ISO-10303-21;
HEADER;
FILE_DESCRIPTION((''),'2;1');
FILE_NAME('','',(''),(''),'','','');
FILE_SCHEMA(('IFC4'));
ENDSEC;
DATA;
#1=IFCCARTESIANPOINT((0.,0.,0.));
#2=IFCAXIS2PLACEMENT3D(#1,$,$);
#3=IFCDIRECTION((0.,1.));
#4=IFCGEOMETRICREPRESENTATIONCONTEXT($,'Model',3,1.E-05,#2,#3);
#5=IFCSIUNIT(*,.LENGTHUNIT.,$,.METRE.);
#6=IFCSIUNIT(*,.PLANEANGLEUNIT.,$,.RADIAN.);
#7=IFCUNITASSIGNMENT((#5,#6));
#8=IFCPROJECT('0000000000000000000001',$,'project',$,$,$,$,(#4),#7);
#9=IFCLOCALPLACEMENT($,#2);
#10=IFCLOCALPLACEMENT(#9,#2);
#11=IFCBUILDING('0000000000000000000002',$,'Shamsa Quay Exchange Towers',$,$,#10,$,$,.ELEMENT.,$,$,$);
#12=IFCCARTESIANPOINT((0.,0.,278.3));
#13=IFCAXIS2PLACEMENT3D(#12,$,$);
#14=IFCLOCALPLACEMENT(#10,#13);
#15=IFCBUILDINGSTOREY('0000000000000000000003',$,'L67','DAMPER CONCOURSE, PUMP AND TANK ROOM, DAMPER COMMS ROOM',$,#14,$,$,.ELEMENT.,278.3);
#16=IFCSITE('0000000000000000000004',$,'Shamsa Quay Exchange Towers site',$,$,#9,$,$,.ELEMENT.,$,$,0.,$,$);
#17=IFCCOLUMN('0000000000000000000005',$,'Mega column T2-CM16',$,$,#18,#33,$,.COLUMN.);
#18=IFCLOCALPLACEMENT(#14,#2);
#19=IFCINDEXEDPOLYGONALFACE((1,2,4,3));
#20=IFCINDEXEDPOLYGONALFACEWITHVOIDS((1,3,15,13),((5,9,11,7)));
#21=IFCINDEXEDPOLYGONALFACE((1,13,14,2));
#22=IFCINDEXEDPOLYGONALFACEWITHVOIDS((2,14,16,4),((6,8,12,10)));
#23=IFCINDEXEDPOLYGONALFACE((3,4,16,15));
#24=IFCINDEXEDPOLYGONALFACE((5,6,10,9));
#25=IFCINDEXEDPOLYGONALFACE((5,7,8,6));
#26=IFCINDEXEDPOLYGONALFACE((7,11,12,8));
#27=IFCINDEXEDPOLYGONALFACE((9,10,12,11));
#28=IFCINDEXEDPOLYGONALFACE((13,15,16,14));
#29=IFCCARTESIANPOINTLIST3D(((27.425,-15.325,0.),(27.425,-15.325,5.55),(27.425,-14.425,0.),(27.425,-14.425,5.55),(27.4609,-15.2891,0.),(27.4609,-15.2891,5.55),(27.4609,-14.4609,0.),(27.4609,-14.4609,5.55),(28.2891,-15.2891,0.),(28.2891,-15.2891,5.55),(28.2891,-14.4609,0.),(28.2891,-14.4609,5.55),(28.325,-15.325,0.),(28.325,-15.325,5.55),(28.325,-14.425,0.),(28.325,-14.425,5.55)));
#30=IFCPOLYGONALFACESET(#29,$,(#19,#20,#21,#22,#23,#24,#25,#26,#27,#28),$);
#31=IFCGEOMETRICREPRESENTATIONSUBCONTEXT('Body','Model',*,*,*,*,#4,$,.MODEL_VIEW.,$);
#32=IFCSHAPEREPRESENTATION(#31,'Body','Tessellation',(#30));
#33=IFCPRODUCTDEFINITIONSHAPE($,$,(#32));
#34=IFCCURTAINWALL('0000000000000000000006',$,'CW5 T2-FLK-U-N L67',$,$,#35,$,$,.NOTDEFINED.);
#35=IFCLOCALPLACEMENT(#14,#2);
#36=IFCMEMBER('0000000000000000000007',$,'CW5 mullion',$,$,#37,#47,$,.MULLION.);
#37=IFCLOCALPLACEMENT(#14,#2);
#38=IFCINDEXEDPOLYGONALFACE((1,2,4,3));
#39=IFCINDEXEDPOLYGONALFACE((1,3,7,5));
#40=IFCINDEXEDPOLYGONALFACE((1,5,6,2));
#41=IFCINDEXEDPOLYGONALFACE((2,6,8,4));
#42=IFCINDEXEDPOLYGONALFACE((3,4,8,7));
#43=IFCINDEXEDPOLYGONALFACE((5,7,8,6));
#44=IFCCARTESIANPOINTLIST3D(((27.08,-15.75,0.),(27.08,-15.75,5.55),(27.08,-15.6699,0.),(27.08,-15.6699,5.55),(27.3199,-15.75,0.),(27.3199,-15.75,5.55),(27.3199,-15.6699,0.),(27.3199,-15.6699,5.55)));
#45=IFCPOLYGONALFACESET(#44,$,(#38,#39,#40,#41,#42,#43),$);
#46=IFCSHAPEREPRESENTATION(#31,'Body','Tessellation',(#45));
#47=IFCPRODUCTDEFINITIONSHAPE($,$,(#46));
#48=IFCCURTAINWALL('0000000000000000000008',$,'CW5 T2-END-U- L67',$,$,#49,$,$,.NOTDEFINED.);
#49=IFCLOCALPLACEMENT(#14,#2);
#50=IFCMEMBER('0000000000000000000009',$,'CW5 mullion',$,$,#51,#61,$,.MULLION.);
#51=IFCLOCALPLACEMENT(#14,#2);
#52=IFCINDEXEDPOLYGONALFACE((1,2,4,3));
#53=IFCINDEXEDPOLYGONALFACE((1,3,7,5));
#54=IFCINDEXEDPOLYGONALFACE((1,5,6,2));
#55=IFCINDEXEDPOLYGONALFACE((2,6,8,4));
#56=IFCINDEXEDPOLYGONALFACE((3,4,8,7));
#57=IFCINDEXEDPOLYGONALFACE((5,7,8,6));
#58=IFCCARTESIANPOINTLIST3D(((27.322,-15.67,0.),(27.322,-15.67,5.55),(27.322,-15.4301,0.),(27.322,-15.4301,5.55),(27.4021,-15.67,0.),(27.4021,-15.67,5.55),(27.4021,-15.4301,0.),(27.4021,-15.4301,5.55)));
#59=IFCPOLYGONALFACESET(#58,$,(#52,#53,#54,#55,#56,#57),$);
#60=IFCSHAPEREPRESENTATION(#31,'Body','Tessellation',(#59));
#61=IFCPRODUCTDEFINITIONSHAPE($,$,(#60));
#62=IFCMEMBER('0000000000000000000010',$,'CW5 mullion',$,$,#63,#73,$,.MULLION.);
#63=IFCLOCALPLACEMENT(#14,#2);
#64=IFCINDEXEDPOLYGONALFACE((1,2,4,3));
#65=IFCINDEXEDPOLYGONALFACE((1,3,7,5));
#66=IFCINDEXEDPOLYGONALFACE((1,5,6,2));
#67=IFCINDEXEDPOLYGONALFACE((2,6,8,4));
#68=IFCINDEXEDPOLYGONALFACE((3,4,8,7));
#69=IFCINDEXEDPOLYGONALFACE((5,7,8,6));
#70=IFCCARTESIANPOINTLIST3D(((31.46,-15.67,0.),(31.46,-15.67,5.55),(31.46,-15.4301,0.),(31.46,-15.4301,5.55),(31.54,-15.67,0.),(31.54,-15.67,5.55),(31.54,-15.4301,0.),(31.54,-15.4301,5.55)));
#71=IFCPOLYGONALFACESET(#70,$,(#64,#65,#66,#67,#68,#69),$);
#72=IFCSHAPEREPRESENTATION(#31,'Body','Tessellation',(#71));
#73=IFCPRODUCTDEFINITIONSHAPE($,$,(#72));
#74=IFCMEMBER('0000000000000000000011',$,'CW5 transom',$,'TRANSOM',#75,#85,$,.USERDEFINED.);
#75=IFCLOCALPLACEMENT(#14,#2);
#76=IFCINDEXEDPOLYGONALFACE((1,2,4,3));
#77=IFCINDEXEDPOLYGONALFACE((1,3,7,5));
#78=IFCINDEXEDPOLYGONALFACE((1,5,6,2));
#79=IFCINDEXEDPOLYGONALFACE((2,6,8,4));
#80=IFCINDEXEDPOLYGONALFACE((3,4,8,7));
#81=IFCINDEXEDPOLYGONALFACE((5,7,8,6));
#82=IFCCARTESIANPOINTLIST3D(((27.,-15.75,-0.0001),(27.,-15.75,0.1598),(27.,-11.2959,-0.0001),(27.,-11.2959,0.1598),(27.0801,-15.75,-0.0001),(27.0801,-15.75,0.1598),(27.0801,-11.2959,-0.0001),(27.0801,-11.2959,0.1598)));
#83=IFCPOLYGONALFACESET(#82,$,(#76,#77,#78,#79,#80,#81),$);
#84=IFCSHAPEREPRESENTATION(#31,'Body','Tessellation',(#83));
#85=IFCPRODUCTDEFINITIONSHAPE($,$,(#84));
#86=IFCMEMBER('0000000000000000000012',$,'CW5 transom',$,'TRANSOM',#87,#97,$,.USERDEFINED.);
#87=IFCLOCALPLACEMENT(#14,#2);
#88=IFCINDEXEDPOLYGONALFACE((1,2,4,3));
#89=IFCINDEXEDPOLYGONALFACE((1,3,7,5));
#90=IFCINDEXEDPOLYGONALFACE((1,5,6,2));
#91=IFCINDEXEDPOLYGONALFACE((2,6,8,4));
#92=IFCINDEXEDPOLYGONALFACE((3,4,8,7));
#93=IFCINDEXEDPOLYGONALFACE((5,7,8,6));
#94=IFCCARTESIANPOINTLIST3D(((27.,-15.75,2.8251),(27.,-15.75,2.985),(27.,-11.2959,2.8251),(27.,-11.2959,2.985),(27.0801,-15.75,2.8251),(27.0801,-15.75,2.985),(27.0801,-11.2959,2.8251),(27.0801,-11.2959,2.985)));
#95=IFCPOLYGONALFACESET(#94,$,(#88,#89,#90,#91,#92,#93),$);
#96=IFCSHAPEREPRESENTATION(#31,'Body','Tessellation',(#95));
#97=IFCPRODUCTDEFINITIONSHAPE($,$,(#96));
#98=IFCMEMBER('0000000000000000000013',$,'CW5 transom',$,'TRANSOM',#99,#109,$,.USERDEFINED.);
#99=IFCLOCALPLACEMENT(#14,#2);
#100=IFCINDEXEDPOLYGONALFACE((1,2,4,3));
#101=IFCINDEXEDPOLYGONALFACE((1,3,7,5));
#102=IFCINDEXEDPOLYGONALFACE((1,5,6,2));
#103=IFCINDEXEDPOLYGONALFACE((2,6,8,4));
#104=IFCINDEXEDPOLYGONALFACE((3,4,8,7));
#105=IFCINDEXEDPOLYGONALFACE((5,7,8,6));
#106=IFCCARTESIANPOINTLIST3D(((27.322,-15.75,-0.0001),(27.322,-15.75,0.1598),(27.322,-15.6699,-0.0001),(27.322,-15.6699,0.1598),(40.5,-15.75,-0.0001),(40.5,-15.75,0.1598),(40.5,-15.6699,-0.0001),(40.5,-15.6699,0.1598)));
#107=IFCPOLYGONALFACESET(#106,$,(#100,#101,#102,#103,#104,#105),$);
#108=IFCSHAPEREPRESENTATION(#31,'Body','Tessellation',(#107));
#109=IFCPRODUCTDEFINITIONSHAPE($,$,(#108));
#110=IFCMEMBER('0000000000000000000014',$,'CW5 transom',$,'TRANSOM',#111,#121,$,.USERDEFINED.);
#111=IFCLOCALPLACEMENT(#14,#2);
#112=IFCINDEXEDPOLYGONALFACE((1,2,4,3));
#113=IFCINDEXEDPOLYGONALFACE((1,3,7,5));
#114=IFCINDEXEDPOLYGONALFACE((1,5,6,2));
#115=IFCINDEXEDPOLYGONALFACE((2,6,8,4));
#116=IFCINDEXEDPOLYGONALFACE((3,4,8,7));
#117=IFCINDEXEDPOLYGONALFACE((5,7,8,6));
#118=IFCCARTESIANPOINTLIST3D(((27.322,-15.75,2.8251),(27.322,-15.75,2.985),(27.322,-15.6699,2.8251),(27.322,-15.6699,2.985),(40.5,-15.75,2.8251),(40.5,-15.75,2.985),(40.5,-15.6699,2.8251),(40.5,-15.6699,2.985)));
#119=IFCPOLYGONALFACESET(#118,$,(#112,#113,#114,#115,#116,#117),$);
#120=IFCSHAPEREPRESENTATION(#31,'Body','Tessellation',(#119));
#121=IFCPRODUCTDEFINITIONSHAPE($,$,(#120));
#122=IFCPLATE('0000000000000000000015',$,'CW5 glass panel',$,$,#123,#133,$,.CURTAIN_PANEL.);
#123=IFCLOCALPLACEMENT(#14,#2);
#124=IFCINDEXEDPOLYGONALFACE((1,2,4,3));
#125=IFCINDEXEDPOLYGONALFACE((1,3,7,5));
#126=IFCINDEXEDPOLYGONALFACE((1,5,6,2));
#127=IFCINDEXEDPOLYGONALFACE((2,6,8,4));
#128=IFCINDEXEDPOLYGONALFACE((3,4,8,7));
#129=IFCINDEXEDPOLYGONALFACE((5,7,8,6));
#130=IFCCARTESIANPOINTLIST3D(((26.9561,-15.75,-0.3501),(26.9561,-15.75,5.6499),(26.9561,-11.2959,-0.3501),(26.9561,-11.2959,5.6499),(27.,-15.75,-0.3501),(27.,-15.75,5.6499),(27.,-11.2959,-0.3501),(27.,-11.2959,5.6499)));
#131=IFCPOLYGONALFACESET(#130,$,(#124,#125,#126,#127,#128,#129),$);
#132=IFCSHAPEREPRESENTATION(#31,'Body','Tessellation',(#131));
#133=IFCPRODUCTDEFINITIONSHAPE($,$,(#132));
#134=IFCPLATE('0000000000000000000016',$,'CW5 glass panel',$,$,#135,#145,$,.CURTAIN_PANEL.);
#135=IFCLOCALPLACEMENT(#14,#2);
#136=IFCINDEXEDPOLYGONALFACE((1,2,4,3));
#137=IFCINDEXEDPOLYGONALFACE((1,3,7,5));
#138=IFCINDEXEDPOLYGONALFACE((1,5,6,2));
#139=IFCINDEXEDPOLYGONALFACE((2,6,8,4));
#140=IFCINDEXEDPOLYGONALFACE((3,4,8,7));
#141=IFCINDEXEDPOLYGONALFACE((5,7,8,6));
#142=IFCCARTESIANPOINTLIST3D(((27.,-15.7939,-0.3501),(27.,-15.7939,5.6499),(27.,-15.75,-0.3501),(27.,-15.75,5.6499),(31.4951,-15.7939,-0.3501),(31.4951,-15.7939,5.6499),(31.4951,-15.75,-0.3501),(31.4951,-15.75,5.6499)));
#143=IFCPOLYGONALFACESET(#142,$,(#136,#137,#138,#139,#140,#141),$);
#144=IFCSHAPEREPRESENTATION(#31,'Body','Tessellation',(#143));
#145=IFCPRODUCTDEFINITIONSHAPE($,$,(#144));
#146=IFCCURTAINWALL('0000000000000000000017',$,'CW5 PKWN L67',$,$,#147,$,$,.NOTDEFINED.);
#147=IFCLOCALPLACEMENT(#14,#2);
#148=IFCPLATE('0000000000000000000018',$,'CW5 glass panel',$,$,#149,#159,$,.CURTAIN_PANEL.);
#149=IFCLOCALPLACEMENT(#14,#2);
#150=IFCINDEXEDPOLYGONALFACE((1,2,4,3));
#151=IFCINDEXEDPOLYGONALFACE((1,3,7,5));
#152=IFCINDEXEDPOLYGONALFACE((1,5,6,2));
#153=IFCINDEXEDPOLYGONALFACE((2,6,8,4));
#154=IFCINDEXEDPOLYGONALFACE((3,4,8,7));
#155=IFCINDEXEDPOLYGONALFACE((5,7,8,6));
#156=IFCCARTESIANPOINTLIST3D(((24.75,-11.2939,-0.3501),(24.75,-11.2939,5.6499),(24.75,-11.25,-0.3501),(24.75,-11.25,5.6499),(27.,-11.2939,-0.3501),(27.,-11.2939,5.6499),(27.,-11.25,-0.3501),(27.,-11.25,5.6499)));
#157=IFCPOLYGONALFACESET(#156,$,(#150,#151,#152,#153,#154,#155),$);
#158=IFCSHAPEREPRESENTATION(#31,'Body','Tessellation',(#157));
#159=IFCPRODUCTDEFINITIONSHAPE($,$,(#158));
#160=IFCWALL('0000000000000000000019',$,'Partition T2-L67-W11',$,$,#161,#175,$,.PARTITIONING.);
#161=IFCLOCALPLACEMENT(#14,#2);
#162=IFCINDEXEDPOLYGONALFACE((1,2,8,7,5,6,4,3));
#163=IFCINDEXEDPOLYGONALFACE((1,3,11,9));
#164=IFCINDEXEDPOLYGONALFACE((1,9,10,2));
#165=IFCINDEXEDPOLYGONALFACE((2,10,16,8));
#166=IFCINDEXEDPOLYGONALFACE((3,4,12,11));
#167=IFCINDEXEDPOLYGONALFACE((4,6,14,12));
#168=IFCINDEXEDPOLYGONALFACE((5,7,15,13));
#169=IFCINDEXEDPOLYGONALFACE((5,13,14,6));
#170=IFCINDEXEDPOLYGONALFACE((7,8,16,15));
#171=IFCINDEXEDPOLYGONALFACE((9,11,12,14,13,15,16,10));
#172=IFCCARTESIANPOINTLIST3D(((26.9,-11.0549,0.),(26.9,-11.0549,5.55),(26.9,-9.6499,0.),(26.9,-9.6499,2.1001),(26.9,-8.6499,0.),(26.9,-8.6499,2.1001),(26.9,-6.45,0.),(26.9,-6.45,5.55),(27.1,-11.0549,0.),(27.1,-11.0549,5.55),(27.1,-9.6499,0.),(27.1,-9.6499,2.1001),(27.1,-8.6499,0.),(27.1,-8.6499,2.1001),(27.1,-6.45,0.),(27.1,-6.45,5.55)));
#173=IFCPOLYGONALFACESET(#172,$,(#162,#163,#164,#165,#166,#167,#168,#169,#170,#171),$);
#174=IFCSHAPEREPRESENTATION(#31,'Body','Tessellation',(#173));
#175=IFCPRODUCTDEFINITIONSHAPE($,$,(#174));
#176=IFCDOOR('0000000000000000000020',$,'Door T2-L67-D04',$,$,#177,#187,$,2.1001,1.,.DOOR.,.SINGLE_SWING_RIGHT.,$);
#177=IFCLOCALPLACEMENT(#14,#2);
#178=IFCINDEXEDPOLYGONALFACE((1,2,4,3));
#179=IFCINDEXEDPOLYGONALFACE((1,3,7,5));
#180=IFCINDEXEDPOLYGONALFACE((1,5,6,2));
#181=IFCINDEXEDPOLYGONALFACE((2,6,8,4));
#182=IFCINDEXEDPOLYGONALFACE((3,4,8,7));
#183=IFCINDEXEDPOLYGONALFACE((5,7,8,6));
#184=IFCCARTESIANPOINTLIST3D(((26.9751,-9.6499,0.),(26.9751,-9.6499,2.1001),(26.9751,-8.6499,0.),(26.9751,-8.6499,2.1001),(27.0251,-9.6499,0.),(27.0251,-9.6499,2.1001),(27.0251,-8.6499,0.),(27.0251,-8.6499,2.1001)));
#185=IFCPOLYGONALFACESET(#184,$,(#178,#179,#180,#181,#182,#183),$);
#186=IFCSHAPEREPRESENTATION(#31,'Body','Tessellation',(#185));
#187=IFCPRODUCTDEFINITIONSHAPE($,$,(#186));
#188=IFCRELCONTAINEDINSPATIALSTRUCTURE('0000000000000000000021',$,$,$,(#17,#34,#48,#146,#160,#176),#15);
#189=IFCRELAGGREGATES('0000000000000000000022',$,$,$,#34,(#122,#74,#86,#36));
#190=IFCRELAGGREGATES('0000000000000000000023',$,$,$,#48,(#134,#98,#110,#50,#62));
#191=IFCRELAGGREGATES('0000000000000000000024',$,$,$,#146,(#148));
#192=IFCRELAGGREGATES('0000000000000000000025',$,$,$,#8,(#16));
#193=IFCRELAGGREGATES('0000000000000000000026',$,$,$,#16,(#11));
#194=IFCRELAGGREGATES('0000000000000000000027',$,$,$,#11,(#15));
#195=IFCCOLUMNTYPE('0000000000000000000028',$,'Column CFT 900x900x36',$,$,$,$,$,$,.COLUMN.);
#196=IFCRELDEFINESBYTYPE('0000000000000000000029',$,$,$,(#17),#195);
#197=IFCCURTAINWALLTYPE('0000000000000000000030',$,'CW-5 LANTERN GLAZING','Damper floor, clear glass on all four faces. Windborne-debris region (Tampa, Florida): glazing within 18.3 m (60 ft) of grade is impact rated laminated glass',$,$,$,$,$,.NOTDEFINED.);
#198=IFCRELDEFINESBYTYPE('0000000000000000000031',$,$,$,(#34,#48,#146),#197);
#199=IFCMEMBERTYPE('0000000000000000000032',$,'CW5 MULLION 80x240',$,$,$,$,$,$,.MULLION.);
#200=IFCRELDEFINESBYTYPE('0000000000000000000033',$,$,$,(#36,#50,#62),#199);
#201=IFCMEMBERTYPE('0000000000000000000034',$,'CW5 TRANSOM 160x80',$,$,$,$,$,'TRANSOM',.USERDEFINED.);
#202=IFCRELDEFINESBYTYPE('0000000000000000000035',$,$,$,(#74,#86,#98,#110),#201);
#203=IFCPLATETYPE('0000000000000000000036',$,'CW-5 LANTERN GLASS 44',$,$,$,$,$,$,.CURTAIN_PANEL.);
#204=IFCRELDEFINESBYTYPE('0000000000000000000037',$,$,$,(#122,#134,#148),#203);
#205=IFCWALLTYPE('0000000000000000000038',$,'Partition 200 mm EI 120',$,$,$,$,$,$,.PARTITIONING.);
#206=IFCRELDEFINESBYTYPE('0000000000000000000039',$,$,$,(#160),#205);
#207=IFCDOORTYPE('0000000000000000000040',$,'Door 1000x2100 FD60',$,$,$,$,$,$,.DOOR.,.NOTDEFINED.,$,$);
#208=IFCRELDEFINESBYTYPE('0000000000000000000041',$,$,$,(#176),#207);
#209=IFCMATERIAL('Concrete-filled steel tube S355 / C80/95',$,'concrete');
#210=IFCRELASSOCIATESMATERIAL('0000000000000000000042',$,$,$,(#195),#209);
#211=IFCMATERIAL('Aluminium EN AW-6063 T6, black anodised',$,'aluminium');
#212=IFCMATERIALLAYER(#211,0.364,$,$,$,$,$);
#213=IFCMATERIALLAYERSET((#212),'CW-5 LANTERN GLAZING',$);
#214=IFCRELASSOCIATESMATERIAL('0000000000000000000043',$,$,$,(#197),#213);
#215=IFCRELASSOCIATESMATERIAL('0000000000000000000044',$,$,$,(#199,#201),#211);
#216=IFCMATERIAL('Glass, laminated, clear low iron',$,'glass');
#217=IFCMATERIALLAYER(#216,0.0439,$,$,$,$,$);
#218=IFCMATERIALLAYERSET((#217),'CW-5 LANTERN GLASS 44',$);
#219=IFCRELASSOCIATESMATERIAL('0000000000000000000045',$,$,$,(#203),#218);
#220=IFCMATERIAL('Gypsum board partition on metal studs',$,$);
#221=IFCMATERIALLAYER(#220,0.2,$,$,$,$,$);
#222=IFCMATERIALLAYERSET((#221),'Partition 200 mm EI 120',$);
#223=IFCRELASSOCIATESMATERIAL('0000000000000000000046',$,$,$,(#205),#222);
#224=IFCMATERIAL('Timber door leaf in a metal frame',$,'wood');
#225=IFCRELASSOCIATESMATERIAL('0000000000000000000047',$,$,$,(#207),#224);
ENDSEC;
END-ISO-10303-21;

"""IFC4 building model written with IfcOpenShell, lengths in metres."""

from ifc_helpers import new_model, si_unit, direction, frame, frame_2d, origin, origin_2d, place, context, subcontext, project, spatial, rectangle, hollow_rectangle, extrude, material, layer, layer_set, material_profile, profile_set, type_object, element, fill, aggregate, save


model = new_model("IFC4")

# Units and contexts
model_context = context("Model", 3, precision=1e-05, world=origin(), true_north=direction((0.0, 1.0)))
body_context = subcontext(model_context, "Body", "Model", "MODEL_VIEW")
ifc_project = project(units=[si_unit("LENGTHUNIT", "METRE"), si_unit("PLANEANGLEUNIT", "RADIAN")], contexts=[model_context])

# Site, building, storey
site_placement = place(None, origin())
site = spatial("IfcSite", under=ifc_project, at=site_placement, Name="Shamsa Quay Exchange Towers site", CompositionType="ELEMENT", RefElevation=0.0)
building_placement = place(site_placement, origin())
building = spatial("IfcBuilding", under=site, at=building_placement, Name="Shamsa Quay Exchange Towers", CompositionType="ELEMENT")
storey_placement = place(building_placement, frame((0.0, 0.0, 278.3)))
storey = spatial("IfcBuildingStorey", under=building, at=storey_placement, Name="L67", Description="DAMPER CONCOURSE, PUMP AND TANK ROOM, DAMPER COMMS ROOM", CompositionType="ELEMENT", Elevation=278.3)

# Column
ifc_material_1 = material(Name="Concrete-filled steel tube S355 / C80/95", Category="concrete")
ifc_material_profile_1 = material_profile(ifc_material_1, hollow_rectangle(XDim=0.8999, YDim=0.8999, WallThickness=0.0359, at=origin_2d()), Name="CFT 900x900x36")
ifc_profile_set_1 = profile_set([ifc_material_profile_1], Name="Concrete-filled steel tube S355 / C80/95")
column_type = type_object("IfcColumnType", Name="Column CFT 900x900x36", PredefinedType="COLUMN", material=ifc_profile_set_1)
column_placement = place(storey_placement, frame((27.875, -14.875, 0.0)))
element("IfcColumn", 1, at=column_placement, inside=storey, type_object=column_type, Name="Mega column T2-CM16", PredefinedType="COLUMN", context=body_context, shape_type="SweptSolid", body=[
    extrude(hollow_rectangle(XDim=0.8999, YDim=0.8999, WallThickness=0.0359, at=origin_2d()), origin(), (0.0, 0.0, 1.0), 5.55),
])

# Curtain wall, member
ifc_material_2 = material(Name="Aluminium EN AW-6063 T6, black anodised", Category="aluminium")
ifc_layer_1 = layer(ifc_material_2, 0.364)
ifc_layer_set_1 = layer_set([ifc_layer_1], Name="CW-5 LANTERN GLAZING")
curtain_wall_type = type_object("IfcCurtainWallType", Name="CW-5 LANTERN GLAZING", Description="Damper floor, clear glass on all four faces. Windborne-debris region (Tampa, Florida): glazing within 18.3 m (60 ft) of grade is impact rated laminated glass", PredefinedType="NOTDEFINED", material=ifc_layer_set_1)
curtain_wall_1_placement = place(storey_placement, origin())
curtain_wall_1 = element("IfcCurtainWall", 2, at=curtain_wall_1_placement, inside=storey, type_object=curtain_wall_type, Name="CW5 T2-FLK-U-N L67", PredefinedType="NOTDEFINED")
ifc_material_profile_2 = material_profile(ifc_material_2, rectangle(XDim=0.24, YDim=0.0801, at=origin_2d()), Name="MU80x240")
ifc_profile_set_2 = profile_set([ifc_material_profile_2], Name="Aluminium EN AW-6063 T6, black anodised")
member_type_1 = type_object("IfcMemberType", Name="CW5 MULLION 80x240", PredefinedType="MULLION", material=ifc_profile_set_2)
member_1_placement = place(storey_placement, frame((27.2, -15.71, 0.0)))
member_1 = element("IfcMember", 3, at=member_1_placement, type_object=member_type_1, Name="CW5 mullion", PredefinedType="MULLION", context=body_context, shape_type="SweptSolid", body=[
    extrude(rectangle(XDim=0.24, YDim=0.0801, at=origin_2d()), origin(), (0.0, 0.0, 1.0), 5.55),
])

# Curtain wall, members
curtain_wall_2_placement = place(storey_placement, origin())
curtain_wall_2 = element("IfcCurtainWall", 4, at=curtain_wall_2_placement, inside=storey, type_object=curtain_wall_type, Name="CW5 T2-END-U- L67", PredefinedType="NOTDEFINED")
member_2_placement = place(storey_placement, frame((27.3621, -15.55, 0.0), z_axis=(0.0, 0.0, 1.0), x_axis=(0.0, 1.0, 0.0)))
member_2 = element("IfcMember", 5, at=member_2_placement, type_object=member_type_1, Name="CW5 mullion", PredefinedType="MULLION", context=body_context, shape_type="SweptSolid", body=[
    extrude(rectangle(XDim=0.24, YDim=0.0801, at=origin_2d()), origin(), (0.0, 0.0, 1.0), 5.55),
])
member_3_placement = place(storey_placement, frame((31.5, -15.55, 0.0), z_axis=(0.0, 0.0, 1.0), x_axis=(0.0, 1.0, 0.0)))
member_3 = element("IfcMember", 6, at=member_3_placement, type_object=member_type_1, Name="CW5 mullion", PredefinedType="MULLION", context=body_context, shape_type="SweptSolid", body=[
    extrude(rectangle(XDim=0.24, YDim=0.0801, at=origin_2d()), origin(), (0.0, 0.0, 1.0), 5.55),
])

# Members
ifc_material_profile_3 = material_profile(ifc_material_2, rectangle(XDim=0.0801, YDim=0.1599, at=origin_2d()), Name="TR160x80")
ifc_profile_set_3 = profile_set([ifc_material_profile_3], Name="Aluminium EN AW-6063 T6, black anodised")
member_type_2 = type_object("IfcMemberType", Name="CW5 TRANSOM 160x80", ElementType="TRANSOM", PredefinedType="USERDEFINED", material=ifc_profile_set_3)
member_4_placement = place(storey_placement, frame((27.04, -11.2959, 0.0798), z_axis=(0.0, -1.0, 0.0), x_axis=(1.0, 0.0, 0.0)))
member_4 = element("IfcMember", 7, at=member_4_placement, type_object=member_type_2, Name="CW5 transom", ObjectType="TRANSOM", PredefinedType="USERDEFINED", context=body_context, shape_type="SweptSolid", body=[
    extrude(rectangle(XDim=0.0801, YDim=0.1599, at=origin_2d()), origin(), (0.0, 0.0, 1.0), 4.4541),
])
member_5_placement = place(storey_placement, frame((27.04, -11.2959, 2.905), z_axis=(0.0, -1.0, 0.0), x_axis=(1.0, 0.0, 0.0)))
member_5 = element("IfcMember", 8, at=member_5_placement, type_object=member_type_2, Name="CW5 transom", ObjectType="TRANSOM", PredefinedType="USERDEFINED", context=body_context, shape_type="SweptSolid", body=[
    extrude(rectangle(XDim=0.0801, YDim=0.1599, at=origin_2d()), origin(), (0.0, 0.0, 1.0), 4.4541),
])
member_6_placement = place(storey_placement, frame((27.322, -15.71, 0.0798), z_axis=(1.0, 0.0, 0.0), x_axis=(0.0, 1.0, 0.0)))
member_6 = element("IfcMember", 9, at=member_6_placement, type_object=member_type_2, Name="CW5 transom", ObjectType="TRANSOM", PredefinedType="USERDEFINED", context=body_context, shape_type="SweptSolid", body=[
    extrude(rectangle(XDim=0.0801, YDim=0.1599, at=origin_2d()), origin(), (0.0, 0.0, 1.0), 13.178),
])
member_7_placement = place(storey_placement, frame((27.322, -15.71, 2.905), z_axis=(1.0, 0.0, 0.0), x_axis=(0.0, 1.0, 0.0)))
member_7 = element("IfcMember", 10, at=member_7_placement, type_object=member_type_2, Name="CW5 transom", ObjectType="TRANSOM", PredefinedType="USERDEFINED", context=body_context, shape_type="SweptSolid", body=[
    extrude(rectangle(XDim=0.0801, YDim=0.1599, at=origin_2d()), origin(), (0.0, 0.0, 1.0), 13.178),
])

# Plates
ifc_material_3 = material(Name="Glass, laminated, clear low iron", Category="glass")
ifc_layer_2 = layer(ifc_material_3, 0.0439)
ifc_layer_set_2 = layer_set([ifc_layer_2], Name="CW-5 LANTERN GLASS 44")
plate_type = type_object("IfcPlateType", Name="CW-5 LANTERN GLASS 44", PredefinedType="CURTAIN_PANEL", material=ifc_layer_set_2)
plate_1_placement = place(storey_placement, frame((26.978, -13.5229, -0.3501), z_axis=(0.0, 0.0, 1.0), x_axis=(0.0, -1.0, 0.0)))
plate_1 = element("IfcPlate", 11, at=plate_1_placement, type_object=plate_type, Name="CW5 glass panel", PredefinedType="CURTAIN_PANEL", context=body_context, shape_type="SweptSolid", body=[
    extrude(rectangle(XDim=4.4541, YDim=0.0439, at=origin_2d()), origin(), (0.0, 0.0, 1.0), 6.0),
])
aggregate(curtain_wall_1, [plate_1, member_4, member_5, member_1])
plate_2_placement = place(storey_placement, frame((29.2476, -15.772, -0.3501)))
plate_2 = element("IfcPlate", 12, at=plate_2_placement, type_object=plate_type, Name="CW5 glass panel", PredefinedType="CURTAIN_PANEL", context=body_context, shape_type="SweptSolid", body=[
    extrude(rectangle(XDim=4.4951, YDim=0.0439, at=origin_2d()), origin(), (0.0, 0.0, 1.0), 6.0),
])
aggregate(curtain_wall_2, [plate_2, member_6, member_7, member_2, member_3])

# Curtain wall, plate
curtain_wall_3_placement = place(storey_placement, origin())
curtain_wall_3 = element("IfcCurtainWall", 13, at=curtain_wall_3_placement, inside=storey, type_object=curtain_wall_type, Name="CW5 PKWN L67", PredefinedType="NOTDEFINED")
plate_3_placement = place(storey_placement, frame((25.875, -11.272, -0.3501)))
plate_3 = element("IfcPlate", 14, at=plate_3_placement, type_object=plate_type, Name="CW5 glass panel", PredefinedType="CURTAIN_PANEL", context=body_context, shape_type="SweptSolid", body=[
    extrude(rectangle(XDim=2.25, YDim=0.0439, at=origin_2d()), origin(), (0.0, 0.0, 1.0), 6.0),
])
aggregate(curtain_wall_3, [plate_3])

# Wall, opening, door
ifc_material_4 = material(Name="Gypsum board partition on metal studs")
ifc_layer_3 = layer(ifc_material_4, 0.2)
ifc_layer_set_3 = layer_set([ifc_layer_3], Name="Partition 200 mm EI 120")
wall_type_1 = type_object("IfcWallType", Name="Partition 200 mm EI 120", PredefinedType="PARTITIONING", material=ifc_layer_set_3)
ifc_material_5 = material(Name="Timber door leaf in a metal frame", Category="wood")
wall_1_placement = place(storey_placement, frame((27.0, -11.0549, 0.0), z_axis=(0.0, 0.0, 1.0), x_axis=(0.0, 1.0, 0.0)))
wall_1 = element("IfcWall", 15, at=wall_1_placement, inside=storey, type_object=wall_type_1, Name="Partition T2-L67-W11", PredefinedType="PARTITIONING", context=body_context, shape_type="SweptSolid", body=[
    extrude(rectangle(XDim=4.605, YDim=0.2, at=frame_2d((2.3025, 0.0))), origin(), (0.0, 0.0, 1.0), 5.55),
])
opening_1_placement = place(wall_1_placement, frame((1.405, 0.0, 0.0)))
opening_1 = element("IfcOpeningElement", 16, at=opening_1_placement, cuts=wall_1, PredefinedType="OPENING", context=body_context, shape_type="SweptSolid", body=[
    extrude(rectangle(XDim=1.0, YDim=2.1001, at=frame_2d((0.5, 1.05))), frame((0.0, 0.1099, 0.0), z_axis=(0.0, -1.0, 0.0), x_axis=(1.0, 0.0, 0.0)), (0.0, 0.0, 1.0), 0.22),
])
door_type_1 = type_object("IfcDoorType", Name="Door 1000x2100 FD60", OperationType="NOTDEFINED", PredefinedType="DOOR", material=ifc_material_5)
door_1_placement = place(opening_1_placement, origin())
door_1 = element("IfcDoor", 17, at=door_1_placement, inside=storey, type_object=door_type_1, Name="Door T2-L67-D04", OperationType="SINGLE_SWING_RIGHT", OverallHeight=2.1001, OverallWidth=1.0, PredefinedType="DOOR", context=body_context, shape_type="SweptSolid", body=[
    extrude(rectangle(XDim=1.0, YDim=2.1001, at=frame_2d((0.5, 1.05))), frame((0.0, 0.0249, 0.0), z_axis=(0.0, -1.0, 0.0), x_axis=(1.0, 0.0, 0.0)), (0.0, 0.0, 1.0), 0.05),
])
fill(opening_1, door_1)

save(model, "model.ifc")
